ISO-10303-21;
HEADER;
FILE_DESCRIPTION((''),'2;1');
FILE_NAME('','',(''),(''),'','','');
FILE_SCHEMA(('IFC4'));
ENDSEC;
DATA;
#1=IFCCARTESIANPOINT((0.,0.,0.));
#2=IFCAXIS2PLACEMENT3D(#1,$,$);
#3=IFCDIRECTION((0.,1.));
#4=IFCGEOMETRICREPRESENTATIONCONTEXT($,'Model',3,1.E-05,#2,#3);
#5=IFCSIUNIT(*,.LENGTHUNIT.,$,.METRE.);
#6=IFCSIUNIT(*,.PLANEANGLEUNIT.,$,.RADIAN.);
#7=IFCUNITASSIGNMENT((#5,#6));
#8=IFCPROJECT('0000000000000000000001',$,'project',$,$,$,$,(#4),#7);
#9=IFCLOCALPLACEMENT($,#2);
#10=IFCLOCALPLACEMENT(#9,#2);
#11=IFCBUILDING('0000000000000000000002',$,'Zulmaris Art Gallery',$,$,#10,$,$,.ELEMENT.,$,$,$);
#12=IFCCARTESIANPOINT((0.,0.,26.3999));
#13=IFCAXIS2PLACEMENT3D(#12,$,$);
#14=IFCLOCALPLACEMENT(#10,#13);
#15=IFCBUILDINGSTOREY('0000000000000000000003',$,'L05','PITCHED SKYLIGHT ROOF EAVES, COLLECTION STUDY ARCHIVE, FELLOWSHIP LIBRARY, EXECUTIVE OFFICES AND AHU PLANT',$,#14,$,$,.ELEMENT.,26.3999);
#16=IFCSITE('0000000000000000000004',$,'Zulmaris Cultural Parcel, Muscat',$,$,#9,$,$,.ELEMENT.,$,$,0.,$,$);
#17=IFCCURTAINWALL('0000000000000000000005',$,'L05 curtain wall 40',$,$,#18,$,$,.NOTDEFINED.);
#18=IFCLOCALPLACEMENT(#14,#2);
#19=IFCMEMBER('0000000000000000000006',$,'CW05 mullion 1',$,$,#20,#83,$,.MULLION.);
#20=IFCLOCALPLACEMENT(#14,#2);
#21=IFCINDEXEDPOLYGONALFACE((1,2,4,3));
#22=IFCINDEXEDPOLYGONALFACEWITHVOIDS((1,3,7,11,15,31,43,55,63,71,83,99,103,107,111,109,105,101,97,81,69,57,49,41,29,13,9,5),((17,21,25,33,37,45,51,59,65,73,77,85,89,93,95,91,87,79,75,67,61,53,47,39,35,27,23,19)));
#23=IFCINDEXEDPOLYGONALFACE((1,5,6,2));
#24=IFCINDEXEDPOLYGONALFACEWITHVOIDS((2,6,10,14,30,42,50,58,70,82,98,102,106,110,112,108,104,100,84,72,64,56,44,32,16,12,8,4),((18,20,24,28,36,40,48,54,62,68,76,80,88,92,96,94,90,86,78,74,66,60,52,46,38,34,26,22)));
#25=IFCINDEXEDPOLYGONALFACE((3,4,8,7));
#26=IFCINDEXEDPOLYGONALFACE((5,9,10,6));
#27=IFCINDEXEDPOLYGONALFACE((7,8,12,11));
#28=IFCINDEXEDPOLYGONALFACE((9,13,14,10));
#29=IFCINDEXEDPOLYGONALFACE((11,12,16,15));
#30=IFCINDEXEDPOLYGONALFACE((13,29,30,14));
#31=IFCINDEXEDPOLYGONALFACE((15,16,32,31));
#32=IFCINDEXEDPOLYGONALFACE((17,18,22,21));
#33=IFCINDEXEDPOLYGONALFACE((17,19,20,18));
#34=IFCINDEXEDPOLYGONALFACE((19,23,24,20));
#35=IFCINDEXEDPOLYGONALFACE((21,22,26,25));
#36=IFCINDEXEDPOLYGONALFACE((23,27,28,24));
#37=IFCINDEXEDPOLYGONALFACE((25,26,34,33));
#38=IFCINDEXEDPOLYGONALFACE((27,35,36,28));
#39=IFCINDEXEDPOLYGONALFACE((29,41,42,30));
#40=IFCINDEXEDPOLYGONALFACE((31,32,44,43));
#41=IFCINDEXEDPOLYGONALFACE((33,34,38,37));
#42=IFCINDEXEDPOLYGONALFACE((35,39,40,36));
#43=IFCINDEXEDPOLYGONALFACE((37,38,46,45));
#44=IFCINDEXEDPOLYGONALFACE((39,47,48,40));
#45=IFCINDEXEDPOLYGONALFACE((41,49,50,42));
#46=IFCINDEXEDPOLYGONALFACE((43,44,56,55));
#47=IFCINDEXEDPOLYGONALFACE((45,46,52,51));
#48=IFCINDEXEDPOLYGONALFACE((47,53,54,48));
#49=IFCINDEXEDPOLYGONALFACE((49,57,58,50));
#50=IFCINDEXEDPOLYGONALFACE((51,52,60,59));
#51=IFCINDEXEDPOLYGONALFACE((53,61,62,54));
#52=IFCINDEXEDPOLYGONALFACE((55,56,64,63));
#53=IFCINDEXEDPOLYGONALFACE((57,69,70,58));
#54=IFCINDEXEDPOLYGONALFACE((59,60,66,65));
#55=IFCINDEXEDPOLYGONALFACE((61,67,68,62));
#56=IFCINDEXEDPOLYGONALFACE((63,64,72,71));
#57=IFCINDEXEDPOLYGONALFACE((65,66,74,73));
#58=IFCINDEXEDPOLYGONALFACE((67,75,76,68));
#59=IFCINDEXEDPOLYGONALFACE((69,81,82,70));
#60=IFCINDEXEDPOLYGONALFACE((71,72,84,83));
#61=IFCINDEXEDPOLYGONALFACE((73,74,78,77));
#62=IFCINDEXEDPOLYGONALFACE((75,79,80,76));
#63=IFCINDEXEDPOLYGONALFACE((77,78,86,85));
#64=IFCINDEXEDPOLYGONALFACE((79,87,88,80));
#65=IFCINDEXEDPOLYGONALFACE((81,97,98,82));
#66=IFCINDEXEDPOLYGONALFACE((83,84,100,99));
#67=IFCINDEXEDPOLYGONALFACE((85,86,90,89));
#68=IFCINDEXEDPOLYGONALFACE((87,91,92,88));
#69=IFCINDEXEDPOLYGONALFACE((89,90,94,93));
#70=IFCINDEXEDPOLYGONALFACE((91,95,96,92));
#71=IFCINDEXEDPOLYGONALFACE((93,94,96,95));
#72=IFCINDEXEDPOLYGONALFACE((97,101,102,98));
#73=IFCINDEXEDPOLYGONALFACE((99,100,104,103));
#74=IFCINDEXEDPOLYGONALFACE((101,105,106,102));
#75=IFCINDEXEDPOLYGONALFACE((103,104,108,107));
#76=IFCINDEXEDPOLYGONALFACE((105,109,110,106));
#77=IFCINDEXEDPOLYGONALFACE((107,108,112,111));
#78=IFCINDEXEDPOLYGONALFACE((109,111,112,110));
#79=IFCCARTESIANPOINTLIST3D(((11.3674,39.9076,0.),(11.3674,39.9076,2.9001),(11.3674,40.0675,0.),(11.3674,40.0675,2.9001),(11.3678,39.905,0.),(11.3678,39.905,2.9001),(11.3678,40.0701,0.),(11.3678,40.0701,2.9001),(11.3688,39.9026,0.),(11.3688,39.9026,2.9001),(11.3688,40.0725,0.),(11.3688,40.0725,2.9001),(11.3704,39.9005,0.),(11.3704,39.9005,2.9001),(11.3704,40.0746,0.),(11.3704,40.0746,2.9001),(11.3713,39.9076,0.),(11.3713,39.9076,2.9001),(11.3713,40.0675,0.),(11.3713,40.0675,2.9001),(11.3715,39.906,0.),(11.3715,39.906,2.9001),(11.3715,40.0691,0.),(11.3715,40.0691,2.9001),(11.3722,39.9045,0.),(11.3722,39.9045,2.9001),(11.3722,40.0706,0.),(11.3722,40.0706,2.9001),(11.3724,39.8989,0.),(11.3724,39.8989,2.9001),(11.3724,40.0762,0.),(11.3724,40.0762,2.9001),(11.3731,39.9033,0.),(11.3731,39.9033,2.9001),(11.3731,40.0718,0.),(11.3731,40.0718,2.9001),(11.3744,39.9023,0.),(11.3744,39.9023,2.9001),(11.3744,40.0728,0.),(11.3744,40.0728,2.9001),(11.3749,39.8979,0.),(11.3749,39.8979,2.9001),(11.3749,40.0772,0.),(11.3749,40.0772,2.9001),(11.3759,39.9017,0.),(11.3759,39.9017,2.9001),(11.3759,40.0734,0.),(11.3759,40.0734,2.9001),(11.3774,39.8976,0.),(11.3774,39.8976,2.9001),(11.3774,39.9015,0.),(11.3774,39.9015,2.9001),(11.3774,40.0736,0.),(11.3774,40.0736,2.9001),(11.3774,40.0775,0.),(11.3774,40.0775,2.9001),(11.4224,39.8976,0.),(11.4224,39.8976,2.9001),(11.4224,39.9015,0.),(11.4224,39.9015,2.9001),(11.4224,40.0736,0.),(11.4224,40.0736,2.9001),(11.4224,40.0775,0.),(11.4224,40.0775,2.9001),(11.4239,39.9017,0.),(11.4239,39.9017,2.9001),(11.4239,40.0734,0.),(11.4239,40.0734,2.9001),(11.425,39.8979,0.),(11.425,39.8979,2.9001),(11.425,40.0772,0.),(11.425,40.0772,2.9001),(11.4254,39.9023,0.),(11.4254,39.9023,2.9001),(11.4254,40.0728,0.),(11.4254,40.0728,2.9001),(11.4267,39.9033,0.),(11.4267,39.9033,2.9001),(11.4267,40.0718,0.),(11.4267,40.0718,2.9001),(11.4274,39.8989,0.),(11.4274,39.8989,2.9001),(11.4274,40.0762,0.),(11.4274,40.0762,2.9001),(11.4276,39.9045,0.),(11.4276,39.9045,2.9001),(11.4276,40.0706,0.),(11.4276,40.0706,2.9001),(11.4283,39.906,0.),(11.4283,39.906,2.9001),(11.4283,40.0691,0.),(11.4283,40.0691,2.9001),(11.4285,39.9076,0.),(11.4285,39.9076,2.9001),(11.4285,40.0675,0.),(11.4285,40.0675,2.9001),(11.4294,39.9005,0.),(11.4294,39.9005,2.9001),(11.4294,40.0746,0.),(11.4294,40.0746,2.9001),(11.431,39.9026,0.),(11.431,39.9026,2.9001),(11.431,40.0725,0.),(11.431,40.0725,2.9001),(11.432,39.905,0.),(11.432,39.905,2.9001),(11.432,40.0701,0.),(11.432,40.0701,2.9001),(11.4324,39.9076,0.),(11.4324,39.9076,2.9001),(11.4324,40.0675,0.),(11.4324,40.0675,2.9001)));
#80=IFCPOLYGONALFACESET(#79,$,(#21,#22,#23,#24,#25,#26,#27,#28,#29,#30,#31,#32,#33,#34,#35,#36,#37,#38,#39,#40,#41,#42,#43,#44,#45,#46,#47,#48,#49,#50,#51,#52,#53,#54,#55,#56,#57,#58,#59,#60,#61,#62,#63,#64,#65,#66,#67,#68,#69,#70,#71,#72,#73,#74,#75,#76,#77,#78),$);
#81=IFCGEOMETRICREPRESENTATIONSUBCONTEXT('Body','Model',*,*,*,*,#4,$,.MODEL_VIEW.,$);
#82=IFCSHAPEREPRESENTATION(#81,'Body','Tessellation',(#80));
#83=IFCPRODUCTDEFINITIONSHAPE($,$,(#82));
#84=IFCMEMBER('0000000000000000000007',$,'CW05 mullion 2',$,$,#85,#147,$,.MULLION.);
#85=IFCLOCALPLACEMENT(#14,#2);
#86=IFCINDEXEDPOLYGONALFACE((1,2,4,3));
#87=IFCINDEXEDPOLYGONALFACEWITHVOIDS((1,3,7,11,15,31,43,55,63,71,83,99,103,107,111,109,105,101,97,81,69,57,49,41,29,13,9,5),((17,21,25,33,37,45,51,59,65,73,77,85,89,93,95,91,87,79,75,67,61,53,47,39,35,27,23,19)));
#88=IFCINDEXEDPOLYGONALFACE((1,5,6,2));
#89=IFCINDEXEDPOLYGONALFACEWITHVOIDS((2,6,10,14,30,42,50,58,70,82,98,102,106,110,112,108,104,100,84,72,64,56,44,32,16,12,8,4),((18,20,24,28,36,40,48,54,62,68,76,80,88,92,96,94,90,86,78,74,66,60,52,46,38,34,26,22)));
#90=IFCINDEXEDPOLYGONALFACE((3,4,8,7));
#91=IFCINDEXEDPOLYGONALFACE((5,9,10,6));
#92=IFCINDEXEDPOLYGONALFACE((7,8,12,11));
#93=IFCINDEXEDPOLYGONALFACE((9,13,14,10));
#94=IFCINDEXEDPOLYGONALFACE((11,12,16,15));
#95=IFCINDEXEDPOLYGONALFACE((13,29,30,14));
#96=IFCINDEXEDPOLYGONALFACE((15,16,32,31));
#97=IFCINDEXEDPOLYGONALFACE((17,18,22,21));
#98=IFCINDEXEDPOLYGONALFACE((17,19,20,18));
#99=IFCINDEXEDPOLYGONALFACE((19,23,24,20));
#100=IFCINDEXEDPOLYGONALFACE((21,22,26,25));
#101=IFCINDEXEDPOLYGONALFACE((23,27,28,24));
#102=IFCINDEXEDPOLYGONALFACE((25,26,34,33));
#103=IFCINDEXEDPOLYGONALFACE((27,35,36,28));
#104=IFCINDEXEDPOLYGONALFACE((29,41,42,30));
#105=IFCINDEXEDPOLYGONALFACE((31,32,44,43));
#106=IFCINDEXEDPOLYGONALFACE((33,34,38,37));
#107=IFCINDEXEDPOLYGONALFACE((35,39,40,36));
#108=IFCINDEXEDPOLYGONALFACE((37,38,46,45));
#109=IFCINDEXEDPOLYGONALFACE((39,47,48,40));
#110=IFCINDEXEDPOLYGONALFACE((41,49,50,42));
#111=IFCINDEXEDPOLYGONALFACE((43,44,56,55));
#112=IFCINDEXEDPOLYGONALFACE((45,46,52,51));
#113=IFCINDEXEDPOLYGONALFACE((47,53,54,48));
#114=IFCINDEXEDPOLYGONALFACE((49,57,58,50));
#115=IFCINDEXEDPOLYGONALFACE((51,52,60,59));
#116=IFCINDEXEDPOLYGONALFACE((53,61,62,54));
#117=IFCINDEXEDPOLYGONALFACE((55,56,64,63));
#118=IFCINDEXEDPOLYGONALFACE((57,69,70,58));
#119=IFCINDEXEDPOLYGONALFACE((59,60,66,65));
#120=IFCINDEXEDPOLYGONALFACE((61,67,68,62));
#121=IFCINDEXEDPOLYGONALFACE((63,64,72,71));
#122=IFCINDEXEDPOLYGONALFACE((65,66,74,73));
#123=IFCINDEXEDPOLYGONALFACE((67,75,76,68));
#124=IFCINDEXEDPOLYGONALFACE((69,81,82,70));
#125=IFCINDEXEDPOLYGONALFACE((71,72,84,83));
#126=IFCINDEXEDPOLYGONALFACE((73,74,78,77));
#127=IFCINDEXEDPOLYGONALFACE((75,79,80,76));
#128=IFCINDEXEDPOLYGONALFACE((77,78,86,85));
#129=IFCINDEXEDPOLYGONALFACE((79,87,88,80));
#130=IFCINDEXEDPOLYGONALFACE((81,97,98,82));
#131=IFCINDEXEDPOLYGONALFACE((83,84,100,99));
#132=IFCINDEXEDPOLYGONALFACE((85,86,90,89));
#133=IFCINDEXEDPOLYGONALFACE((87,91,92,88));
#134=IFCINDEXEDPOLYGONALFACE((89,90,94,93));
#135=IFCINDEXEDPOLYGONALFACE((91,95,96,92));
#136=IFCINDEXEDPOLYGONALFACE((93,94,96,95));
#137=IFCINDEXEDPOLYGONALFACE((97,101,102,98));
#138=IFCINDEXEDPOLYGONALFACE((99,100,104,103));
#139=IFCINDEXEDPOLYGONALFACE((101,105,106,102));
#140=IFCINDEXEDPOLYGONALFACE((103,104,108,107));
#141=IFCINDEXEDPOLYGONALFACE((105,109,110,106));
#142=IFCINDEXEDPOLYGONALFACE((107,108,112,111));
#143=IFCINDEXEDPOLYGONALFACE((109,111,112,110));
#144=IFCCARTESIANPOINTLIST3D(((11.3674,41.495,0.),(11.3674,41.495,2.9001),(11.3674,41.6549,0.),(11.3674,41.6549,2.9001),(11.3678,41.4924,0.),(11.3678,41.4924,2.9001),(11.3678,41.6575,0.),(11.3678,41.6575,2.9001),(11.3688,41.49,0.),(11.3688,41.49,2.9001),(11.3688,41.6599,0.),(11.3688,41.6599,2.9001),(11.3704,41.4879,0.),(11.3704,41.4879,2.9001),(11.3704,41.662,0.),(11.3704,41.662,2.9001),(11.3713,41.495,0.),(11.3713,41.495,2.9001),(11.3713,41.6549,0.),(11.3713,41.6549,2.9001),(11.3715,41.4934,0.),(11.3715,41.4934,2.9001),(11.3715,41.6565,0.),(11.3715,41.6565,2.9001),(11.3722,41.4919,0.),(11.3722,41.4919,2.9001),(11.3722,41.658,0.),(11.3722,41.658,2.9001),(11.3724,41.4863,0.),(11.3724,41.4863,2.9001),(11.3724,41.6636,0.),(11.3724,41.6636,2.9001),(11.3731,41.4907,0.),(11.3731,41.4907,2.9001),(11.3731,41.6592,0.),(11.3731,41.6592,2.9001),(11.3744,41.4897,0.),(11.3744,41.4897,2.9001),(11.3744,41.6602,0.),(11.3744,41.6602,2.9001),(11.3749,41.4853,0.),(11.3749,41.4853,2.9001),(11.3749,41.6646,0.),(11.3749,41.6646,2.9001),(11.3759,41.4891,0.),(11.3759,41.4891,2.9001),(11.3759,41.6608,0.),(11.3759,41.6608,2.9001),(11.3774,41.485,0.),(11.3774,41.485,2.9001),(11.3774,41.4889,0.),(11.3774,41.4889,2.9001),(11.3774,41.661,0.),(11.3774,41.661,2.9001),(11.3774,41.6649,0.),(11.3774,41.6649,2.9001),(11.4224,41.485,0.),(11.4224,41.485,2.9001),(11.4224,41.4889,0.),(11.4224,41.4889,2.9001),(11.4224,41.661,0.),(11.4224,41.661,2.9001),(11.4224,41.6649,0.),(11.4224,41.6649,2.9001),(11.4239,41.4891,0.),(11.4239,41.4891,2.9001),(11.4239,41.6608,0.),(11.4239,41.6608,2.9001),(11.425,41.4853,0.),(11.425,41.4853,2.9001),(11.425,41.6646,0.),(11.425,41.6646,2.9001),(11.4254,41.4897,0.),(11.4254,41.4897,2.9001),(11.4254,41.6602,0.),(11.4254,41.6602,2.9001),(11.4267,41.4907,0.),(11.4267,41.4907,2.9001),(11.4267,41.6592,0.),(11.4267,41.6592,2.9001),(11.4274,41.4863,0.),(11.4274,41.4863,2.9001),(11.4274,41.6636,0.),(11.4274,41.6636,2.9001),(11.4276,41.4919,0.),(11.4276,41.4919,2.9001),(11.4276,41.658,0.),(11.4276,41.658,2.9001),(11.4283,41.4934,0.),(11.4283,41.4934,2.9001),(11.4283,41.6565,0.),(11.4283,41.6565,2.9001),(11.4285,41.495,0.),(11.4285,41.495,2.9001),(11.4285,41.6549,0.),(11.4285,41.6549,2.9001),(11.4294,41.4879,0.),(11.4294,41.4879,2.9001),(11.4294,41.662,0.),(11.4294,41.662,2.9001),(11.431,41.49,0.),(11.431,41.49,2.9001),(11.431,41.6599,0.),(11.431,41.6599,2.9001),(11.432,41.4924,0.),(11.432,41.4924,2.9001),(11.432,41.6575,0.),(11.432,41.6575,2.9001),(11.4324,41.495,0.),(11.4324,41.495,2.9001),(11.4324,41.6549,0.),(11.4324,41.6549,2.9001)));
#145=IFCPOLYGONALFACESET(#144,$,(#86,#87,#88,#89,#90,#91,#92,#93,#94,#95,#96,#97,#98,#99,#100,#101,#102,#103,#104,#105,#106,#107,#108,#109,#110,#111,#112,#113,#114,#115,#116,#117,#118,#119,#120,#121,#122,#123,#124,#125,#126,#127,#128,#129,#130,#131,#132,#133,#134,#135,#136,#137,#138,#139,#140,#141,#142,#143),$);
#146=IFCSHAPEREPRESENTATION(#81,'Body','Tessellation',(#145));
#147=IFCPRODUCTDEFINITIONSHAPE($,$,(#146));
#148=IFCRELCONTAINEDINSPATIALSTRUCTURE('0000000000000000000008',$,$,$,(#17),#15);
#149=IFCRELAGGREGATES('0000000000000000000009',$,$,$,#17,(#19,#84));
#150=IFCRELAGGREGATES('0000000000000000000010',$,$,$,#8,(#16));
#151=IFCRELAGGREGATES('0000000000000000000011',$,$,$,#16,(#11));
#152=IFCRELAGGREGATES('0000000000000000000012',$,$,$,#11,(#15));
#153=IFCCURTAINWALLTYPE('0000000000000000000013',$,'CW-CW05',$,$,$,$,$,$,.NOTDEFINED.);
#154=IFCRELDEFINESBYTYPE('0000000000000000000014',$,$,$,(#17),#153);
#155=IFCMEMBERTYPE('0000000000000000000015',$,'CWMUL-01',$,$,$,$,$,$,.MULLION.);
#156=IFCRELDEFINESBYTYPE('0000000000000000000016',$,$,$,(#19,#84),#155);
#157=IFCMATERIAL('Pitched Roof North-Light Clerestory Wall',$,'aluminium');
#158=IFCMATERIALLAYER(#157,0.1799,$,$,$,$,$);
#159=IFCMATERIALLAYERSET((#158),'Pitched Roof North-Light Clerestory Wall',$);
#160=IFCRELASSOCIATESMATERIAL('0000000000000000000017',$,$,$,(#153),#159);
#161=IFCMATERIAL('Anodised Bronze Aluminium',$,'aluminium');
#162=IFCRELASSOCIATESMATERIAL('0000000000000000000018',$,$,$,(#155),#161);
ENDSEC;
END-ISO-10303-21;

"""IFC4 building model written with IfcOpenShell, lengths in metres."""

from ifc_helpers import new_model, si_unit, direction, frame, origin, origin_2d, place, context, subcontext, project, spatial, hollow_rectangle, extrude, material, layer, layer_set, material_profile, profile_set, type_object, element, aggregate, save


model = new_model("IFC4")

# Units and contexts
model_context = context("Model", 3, precision=1e-05, world=origin(), true_north=direction((0.0, 1.0)))
body_context = subcontext(model_context, "Body", "Model", "MODEL_VIEW")
ifc_project = project(units=[si_unit("LENGTHUNIT", "METRE"), si_unit("PLANEANGLEUNIT", "RADIAN")], contexts=[model_context])

# Site, building, storey
site_placement = place(None, origin())
site = spatial("IfcSite", under=ifc_project, at=site_placement, Name="Zulmaris Cultural Parcel, Muscat", CompositionType="ELEMENT", RefElevation=0.0)
building_placement = place(site_placement, origin())
building = spatial("IfcBuilding", under=site, at=building_placement, Name="Zulmaris Art Gallery", CompositionType="ELEMENT")
storey_placement = place(building_placement, frame((0.0, 0.0, 26.3999)))
storey = spatial("IfcBuildingStorey", under=building, at=storey_placement, Name="L05", Description="PITCHED SKYLIGHT ROOF EAVES, COLLECTION STUDY ARCHIVE, FELLOWSHIP LIBRARY, EXECUTIVE OFFICES AND AHU PLANT", CompositionType="ELEMENT", Elevation=26.3999)

# Curtain wall, members
ifc_material_1 = material(Name="Pitched Roof North-Light Clerestory Wall", Category="aluminium")
ifc_layer_1 = layer(ifc_material_1, 0.1799)
ifc_layer_set_1 = layer_set([ifc_layer_1], Name="Pitched Roof North-Light Clerestory Wall")
curtain_wall_type = type_object("IfcCurtainWallType", Name="CW-CW05", PredefinedType="NOTDEFINED", material=ifc_layer_set_1)
ifc_material_2 = material(Name="Anodised Bronze Aluminium", Category="aluminium")
ifc_material_profile_1 = material_profile(ifc_material_2, hollow_rectangle(XDim=0.0649, YDim=0.1799, WallThickness=0.0039, InnerFilletRadius=0.0061, OuterFilletRadius=0.01, at=origin_2d()), Name="ALU 65x180x4")
ifc_profile_set_1 = profile_set([ifc_material_profile_1], Name="Anodised Bronze Aluminium")
member_type_1 = type_object("IfcMemberType", Name="CWMUL-01", PredefinedType="MULLION", material=ifc_profile_set_1)
curtain_wall_1_placement = place(storey_placement, origin())
curtain_wall_1 = element("IfcCurtainWall", 1, at=curtain_wall_1_placement, inside=storey, type_object=curtain_wall_type, Name="L05 curtain wall 40", PredefinedType="NOTDEFINED")
member_1_placement = place(storey_placement, frame((11.3999, 39.9875, 0.0), z_axis=(0.0, 0.0, 1.0), x_axis=(-1.0, 0.0, 0.0)))
member_1 = element("IfcMember", 2, at=member_1_placement, type_object=member_type_1, Name="CW05 mullion 1", PredefinedType="MULLION", context=body_context, shape_type="SweptSolid", body=[
    extrude(hollow_rectangle(XDim=0.0649, YDim=0.1799, WallThickness=0.0039, InnerFilletRadius=0.0061, OuterFilletRadius=0.01, at=origin_2d()), origin(), (0.0, 0.0, 1.0), 2.9001),
])
member_2_placement = place(storey_placement, frame((11.3999, 41.575, 0.0), z_axis=(0.0, 0.0, 1.0), x_axis=(-1.0, 0.0, 0.0)))
member_2 = element("IfcMember", 3, at=member_2_placement, type_object=member_type_1, Name="CW05 mullion 2", PredefinedType="MULLION", context=body_context, shape_type="SweptSolid", body=[
    extrude(hollow_rectangle(XDim=0.0649, YDim=0.1799, WallThickness=0.0039, InnerFilletRadius=0.0061, OuterFilletRadius=0.01, at=origin_2d()), origin(), (0.0, 0.0, 1.0), 2.9001),
])

aggregate(curtain_wall_1, [member_1, member_2])

save(model, "model.ifc")
